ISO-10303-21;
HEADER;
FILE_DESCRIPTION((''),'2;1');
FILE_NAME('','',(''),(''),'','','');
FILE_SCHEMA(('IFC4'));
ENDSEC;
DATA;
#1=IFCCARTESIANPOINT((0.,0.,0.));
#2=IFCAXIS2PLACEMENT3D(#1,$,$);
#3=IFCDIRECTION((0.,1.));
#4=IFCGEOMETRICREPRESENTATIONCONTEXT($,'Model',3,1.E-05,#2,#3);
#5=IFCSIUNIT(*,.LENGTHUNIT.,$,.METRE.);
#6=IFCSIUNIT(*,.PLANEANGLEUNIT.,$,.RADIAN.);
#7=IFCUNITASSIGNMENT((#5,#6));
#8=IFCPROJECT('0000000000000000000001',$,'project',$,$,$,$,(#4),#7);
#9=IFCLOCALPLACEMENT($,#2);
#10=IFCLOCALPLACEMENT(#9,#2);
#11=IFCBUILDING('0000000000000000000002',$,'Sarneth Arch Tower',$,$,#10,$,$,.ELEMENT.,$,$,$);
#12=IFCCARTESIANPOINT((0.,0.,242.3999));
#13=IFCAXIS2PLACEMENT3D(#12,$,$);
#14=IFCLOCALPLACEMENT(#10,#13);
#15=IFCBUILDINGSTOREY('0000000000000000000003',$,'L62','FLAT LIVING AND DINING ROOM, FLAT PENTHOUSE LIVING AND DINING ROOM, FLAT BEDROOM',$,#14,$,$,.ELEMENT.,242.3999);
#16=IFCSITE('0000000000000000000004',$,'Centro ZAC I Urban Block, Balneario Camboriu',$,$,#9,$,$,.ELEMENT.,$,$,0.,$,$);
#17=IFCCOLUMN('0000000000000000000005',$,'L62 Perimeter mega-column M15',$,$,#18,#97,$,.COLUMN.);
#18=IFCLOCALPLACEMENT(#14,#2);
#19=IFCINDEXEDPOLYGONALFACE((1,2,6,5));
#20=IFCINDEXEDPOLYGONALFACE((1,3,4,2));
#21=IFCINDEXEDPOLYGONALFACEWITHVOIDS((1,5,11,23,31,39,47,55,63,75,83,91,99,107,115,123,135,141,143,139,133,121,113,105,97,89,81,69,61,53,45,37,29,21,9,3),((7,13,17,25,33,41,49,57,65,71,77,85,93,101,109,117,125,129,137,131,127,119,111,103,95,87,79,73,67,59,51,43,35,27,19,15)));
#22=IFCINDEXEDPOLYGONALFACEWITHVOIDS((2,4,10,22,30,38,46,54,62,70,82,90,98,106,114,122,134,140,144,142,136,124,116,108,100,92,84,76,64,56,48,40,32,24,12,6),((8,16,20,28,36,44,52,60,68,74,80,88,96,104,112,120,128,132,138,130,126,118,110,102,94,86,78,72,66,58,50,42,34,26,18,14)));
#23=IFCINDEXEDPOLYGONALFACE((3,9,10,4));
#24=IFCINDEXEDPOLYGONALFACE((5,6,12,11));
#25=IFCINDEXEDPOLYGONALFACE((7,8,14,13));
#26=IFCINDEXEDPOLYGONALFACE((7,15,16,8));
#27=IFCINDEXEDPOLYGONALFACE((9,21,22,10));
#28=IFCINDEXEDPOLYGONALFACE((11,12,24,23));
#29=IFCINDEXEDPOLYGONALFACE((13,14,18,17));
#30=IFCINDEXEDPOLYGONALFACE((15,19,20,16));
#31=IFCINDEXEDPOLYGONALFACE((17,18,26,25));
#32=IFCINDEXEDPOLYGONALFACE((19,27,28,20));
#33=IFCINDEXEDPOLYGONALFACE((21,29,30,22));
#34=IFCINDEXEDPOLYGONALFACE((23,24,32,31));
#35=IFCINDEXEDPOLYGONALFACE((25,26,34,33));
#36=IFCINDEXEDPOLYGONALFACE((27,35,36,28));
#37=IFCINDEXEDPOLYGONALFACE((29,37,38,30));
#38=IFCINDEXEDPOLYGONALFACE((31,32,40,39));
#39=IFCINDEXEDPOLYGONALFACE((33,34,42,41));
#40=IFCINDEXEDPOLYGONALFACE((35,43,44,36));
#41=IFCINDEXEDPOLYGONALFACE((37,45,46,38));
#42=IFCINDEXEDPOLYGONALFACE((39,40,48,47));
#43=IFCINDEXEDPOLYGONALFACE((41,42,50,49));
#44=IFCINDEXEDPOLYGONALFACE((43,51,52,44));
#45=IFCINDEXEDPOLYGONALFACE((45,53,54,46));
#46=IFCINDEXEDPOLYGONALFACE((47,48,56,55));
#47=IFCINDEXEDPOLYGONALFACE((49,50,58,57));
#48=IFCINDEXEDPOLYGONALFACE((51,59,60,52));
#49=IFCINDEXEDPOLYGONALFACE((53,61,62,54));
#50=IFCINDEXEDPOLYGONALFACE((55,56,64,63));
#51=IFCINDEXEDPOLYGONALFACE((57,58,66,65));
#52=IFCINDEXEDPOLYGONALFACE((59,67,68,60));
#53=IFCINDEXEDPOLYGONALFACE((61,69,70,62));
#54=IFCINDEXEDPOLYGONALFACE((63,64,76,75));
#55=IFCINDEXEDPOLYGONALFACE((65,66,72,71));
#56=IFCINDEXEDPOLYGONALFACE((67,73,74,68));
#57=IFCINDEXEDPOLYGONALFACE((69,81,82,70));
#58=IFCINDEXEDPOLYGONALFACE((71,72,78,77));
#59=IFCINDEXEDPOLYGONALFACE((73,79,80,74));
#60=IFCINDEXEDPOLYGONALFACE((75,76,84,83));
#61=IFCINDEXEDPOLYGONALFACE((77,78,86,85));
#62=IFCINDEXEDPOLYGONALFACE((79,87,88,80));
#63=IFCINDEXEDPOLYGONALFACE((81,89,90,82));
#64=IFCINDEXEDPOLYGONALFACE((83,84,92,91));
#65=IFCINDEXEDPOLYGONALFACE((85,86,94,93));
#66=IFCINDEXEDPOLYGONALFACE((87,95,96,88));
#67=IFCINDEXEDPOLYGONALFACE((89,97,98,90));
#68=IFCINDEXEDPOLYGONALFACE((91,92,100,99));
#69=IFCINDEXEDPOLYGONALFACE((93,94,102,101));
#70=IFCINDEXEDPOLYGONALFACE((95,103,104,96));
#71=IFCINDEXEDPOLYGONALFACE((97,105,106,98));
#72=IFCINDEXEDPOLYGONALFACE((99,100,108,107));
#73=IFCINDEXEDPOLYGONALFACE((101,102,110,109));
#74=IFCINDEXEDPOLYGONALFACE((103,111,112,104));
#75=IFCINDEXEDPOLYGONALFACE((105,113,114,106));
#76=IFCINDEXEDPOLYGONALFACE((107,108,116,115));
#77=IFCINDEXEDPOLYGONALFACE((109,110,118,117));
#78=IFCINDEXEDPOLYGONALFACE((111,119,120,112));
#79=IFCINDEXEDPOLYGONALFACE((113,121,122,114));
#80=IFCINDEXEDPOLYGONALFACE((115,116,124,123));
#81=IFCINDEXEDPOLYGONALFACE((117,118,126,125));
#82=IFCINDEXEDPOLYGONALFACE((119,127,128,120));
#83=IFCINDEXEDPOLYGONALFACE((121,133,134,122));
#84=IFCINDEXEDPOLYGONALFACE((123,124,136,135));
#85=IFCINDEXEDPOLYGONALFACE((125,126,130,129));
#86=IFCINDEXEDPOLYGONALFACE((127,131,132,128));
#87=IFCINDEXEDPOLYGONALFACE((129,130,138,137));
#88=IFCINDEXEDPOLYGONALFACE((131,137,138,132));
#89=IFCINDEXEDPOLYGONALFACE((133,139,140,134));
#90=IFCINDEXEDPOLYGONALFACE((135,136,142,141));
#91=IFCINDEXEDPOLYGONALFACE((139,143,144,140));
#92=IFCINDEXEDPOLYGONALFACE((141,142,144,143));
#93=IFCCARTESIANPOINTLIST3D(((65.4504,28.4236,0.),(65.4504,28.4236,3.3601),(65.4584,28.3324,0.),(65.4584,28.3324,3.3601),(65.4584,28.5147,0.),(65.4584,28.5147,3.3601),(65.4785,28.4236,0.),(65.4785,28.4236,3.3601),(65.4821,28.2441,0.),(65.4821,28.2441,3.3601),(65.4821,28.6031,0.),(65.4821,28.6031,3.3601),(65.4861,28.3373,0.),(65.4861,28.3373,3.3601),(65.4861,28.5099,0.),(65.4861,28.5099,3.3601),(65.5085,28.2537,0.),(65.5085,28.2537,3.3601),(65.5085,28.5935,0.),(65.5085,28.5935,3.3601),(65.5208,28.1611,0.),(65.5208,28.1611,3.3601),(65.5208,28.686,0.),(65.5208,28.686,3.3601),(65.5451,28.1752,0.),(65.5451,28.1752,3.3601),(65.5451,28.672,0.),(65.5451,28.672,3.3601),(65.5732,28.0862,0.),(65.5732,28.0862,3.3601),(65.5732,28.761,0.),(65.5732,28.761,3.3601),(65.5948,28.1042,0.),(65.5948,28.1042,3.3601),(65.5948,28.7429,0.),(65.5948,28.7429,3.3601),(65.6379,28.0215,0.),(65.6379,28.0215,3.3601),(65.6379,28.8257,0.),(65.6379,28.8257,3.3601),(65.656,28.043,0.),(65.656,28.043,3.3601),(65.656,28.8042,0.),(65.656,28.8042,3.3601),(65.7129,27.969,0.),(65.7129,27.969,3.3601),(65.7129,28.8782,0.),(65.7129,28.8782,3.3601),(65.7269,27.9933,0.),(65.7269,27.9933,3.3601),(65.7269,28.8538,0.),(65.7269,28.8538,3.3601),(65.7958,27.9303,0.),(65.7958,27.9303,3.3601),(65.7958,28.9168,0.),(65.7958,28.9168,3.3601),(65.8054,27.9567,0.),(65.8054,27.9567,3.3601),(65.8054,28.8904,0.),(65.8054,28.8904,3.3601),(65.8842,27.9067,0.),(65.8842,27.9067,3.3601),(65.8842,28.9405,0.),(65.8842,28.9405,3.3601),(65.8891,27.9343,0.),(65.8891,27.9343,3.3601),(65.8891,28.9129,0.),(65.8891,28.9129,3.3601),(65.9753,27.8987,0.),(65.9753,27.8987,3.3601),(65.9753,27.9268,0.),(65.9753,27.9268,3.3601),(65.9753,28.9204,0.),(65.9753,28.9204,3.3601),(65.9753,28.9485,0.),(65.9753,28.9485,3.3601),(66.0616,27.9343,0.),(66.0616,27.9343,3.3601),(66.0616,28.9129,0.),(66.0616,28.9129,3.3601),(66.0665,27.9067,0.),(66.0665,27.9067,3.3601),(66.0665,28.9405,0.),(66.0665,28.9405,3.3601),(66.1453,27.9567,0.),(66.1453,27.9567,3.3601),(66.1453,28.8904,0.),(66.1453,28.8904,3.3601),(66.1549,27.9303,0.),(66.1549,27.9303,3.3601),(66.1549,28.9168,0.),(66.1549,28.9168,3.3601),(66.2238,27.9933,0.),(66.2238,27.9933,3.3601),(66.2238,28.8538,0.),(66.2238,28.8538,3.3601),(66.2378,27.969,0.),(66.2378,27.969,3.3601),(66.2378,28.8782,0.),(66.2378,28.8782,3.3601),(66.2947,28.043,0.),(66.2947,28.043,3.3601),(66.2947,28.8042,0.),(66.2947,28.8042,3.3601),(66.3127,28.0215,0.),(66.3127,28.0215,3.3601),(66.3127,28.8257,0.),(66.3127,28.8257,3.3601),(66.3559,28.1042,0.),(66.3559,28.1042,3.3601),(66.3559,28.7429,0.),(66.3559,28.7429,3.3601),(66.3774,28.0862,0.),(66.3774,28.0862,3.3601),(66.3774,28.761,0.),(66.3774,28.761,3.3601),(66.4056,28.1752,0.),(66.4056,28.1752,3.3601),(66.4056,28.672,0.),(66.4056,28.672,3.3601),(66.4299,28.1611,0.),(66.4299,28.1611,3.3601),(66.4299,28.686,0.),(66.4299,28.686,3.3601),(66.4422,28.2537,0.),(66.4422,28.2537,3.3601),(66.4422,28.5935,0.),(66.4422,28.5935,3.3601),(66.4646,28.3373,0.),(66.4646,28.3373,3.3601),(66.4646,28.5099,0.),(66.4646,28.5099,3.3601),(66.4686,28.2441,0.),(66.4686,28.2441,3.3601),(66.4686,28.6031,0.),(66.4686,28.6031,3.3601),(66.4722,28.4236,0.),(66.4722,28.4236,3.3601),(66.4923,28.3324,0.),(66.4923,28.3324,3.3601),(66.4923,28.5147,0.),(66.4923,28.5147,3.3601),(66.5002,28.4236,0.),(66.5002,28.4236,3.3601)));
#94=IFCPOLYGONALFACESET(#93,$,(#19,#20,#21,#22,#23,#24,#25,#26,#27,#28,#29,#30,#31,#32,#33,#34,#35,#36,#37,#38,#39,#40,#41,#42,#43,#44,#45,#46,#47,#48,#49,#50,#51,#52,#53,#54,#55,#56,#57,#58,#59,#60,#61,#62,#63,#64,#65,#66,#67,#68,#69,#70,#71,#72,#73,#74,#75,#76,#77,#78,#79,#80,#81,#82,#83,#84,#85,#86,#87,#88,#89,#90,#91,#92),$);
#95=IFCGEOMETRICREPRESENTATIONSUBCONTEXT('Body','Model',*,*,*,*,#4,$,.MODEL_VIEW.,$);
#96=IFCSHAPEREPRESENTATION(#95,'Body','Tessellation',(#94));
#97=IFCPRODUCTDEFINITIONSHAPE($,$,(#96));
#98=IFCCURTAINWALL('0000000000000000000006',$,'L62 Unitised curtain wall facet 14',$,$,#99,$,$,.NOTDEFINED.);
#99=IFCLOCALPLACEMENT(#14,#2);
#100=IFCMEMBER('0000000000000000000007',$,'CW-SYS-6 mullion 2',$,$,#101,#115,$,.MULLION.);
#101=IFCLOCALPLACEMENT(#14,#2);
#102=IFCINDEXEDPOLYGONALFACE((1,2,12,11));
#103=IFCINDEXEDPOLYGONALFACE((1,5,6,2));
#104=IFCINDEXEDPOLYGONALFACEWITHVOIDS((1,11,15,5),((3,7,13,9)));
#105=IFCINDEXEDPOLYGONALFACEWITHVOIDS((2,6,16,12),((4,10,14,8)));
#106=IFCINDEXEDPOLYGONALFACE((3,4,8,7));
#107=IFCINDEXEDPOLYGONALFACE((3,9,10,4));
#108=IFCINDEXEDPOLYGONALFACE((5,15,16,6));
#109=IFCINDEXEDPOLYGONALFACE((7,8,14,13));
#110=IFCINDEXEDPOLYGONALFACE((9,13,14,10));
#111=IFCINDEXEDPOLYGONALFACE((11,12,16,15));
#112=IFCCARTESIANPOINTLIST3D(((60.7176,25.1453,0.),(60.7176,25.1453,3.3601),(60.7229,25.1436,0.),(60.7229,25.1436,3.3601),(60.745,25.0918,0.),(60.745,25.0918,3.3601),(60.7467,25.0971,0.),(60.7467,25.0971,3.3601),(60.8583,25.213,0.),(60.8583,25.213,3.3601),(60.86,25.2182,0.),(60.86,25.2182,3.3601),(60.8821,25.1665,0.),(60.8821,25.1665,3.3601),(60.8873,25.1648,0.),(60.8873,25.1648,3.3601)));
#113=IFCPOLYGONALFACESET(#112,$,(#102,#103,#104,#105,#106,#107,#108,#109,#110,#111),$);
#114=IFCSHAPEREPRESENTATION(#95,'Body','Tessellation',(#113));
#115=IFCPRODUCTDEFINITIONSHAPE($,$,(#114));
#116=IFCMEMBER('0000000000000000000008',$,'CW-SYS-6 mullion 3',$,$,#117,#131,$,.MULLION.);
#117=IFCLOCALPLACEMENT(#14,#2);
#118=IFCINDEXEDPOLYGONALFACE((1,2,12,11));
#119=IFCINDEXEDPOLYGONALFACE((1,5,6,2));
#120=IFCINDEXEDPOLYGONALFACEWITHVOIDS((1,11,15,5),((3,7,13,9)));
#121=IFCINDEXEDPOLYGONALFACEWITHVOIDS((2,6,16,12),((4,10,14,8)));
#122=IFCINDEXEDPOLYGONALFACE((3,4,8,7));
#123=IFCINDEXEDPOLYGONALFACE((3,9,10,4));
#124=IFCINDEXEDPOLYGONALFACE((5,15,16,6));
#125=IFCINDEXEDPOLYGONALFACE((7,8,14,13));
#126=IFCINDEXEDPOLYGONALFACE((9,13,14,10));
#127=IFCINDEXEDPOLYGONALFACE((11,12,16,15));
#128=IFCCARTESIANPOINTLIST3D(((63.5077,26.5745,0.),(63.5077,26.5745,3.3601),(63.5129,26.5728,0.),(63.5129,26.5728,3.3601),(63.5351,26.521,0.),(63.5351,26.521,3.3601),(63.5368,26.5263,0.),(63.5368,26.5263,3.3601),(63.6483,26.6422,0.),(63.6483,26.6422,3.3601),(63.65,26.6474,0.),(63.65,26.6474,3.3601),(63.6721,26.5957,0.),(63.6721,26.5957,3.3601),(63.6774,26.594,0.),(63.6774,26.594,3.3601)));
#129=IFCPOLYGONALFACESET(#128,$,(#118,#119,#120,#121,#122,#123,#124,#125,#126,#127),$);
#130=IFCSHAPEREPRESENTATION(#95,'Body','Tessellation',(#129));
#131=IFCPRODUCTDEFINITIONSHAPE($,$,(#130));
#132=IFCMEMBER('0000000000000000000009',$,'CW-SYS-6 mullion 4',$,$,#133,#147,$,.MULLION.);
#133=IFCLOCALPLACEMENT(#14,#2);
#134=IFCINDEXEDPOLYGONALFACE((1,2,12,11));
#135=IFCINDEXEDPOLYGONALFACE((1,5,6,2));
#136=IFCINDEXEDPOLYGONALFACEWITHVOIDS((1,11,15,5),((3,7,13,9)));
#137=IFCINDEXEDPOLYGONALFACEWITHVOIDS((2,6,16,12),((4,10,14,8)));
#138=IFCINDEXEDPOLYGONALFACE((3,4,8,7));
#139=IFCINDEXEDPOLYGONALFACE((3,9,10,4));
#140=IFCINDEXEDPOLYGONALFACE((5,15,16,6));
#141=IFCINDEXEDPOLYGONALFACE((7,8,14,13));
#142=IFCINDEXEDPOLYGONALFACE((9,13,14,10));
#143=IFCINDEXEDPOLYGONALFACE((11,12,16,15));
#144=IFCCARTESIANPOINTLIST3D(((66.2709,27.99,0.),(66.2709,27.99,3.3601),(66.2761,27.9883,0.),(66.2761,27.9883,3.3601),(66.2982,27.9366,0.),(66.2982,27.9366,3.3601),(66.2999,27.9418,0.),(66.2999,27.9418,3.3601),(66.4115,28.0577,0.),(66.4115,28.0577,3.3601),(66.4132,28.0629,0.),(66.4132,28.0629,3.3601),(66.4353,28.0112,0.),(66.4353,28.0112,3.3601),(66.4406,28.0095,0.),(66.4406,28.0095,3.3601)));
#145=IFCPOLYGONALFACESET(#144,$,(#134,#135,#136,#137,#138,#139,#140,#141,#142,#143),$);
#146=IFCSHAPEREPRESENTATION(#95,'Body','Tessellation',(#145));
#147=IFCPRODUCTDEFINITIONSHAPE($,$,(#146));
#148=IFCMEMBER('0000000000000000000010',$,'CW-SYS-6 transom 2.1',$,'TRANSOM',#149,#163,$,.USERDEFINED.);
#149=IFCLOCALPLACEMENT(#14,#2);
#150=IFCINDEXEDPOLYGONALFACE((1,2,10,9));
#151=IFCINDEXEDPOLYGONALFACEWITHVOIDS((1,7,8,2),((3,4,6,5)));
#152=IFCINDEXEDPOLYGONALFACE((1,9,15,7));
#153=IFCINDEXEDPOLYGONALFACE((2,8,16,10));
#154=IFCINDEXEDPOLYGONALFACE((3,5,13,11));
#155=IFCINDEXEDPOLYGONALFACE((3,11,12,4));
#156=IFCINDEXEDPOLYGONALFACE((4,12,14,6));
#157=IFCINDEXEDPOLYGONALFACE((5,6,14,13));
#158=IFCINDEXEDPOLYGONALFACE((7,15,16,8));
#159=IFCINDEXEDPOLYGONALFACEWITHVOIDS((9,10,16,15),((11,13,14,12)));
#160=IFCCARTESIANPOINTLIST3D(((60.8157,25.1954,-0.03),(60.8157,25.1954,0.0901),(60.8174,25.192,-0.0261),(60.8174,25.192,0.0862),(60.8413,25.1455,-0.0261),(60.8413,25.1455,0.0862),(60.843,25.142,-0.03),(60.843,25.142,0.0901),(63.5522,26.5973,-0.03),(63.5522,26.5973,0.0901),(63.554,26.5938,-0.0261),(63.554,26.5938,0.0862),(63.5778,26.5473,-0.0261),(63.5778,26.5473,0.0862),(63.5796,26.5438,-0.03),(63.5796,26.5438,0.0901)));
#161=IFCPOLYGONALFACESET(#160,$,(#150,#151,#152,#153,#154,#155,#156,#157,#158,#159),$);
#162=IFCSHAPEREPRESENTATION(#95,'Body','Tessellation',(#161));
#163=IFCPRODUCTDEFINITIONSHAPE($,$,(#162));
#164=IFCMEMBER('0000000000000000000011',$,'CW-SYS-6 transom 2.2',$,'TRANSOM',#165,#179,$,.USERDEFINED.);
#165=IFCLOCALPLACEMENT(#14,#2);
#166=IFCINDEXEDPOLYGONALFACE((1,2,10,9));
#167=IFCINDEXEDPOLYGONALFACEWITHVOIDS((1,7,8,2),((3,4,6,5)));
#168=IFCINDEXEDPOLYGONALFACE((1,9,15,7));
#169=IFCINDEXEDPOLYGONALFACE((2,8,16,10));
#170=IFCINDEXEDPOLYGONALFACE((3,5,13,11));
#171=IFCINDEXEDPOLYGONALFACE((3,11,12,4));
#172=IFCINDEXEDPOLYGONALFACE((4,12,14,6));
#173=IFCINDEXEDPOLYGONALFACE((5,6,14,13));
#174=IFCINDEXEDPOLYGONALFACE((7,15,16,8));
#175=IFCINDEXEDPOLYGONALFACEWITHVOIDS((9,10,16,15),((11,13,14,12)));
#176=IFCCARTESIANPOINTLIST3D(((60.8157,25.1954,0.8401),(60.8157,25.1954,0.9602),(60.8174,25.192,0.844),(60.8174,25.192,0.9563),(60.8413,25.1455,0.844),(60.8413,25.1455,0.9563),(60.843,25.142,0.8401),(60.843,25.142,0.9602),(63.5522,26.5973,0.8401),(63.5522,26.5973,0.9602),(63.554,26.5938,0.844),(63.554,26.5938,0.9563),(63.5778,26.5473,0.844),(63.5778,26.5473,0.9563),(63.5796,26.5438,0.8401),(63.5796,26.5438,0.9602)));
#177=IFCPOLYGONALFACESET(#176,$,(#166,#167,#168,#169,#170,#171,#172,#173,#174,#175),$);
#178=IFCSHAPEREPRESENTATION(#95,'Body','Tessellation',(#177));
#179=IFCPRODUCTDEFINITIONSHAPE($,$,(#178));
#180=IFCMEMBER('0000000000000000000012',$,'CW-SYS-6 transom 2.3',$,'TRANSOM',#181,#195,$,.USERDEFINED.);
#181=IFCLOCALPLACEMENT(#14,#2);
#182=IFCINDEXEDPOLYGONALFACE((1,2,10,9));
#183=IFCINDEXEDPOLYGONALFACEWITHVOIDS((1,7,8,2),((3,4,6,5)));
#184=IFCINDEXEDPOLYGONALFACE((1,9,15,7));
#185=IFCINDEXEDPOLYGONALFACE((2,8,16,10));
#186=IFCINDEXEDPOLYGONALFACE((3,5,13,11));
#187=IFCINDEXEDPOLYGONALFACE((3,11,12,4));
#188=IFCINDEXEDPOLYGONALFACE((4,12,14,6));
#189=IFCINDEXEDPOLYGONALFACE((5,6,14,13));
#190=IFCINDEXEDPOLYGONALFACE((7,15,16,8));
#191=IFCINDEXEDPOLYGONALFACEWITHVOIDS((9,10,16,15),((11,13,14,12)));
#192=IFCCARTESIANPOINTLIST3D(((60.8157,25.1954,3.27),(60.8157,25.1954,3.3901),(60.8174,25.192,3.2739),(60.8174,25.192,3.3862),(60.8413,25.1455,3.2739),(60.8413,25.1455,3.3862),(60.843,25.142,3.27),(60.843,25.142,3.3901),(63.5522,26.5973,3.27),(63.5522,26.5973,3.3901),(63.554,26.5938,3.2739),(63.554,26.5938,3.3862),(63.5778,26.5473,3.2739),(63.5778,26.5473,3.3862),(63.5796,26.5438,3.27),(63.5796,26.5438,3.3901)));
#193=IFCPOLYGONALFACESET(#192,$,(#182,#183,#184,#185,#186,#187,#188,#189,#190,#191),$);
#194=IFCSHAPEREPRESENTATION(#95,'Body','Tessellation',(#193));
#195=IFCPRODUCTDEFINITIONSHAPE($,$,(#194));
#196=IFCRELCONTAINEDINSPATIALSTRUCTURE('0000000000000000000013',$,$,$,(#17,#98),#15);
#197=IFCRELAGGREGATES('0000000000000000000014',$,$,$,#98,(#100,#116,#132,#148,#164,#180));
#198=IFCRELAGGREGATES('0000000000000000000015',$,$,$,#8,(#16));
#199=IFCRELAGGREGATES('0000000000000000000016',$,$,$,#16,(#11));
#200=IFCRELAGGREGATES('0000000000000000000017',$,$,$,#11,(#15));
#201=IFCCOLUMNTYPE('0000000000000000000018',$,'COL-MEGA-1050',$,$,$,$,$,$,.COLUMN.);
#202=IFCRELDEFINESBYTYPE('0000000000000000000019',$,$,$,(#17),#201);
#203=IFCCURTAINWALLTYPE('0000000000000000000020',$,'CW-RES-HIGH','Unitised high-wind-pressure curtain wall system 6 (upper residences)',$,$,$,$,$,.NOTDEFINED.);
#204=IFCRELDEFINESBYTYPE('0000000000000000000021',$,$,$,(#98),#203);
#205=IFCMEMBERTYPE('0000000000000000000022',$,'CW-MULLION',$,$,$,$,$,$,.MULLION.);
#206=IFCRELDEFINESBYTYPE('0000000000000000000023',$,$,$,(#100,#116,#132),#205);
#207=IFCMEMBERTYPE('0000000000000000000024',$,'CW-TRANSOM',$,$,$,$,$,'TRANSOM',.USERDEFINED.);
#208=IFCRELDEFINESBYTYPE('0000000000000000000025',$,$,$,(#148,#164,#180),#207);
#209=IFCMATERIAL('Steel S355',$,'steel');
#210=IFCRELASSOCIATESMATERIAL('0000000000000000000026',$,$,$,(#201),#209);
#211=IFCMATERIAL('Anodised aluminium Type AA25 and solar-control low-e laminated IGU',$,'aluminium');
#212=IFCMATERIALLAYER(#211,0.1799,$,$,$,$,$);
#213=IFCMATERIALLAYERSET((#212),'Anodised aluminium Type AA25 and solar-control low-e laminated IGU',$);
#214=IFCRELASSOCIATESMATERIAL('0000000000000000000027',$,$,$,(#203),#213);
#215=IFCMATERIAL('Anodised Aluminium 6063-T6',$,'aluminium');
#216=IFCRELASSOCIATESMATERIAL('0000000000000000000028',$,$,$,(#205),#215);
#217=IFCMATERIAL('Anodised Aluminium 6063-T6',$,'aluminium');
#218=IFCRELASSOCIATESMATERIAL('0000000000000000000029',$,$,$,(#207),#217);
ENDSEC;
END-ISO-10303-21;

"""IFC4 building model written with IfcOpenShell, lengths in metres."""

from ifc_helpers import new_model, si_unit, direction, frame, origin, origin_2d, place, context, subcontext, project, spatial, hollow_rectangle, hollow_circle, extrude, material, layer, layer_set, material_profile, profile_set, type_object, element, aggregate, save


model = new_model("IFC4")

# Units and contexts
model_context = context("Model", 3, precision=1e-05, world=origin(), true_north=direction((0.0, 1.0)))
body_context = subcontext(model_context, "Body", "Model", "MODEL_VIEW")
ifc_project = project(units=[si_unit("LENGTHUNIT", "METRE"), si_unit("PLANEANGLEUNIT", "RADIAN")], contexts=[model_context])

# Site, building, storey
site_placement = place(None, origin())
site = spatial("IfcSite", under=ifc_project, at=site_placement, Name="Centro ZAC I Urban Block, Balneario Camboriu", CompositionType="ELEMENT", RefElevation=0.0)
building_placement = place(site_placement, origin())
building = spatial("IfcBuilding", under=site, at=building_placement, Name="Sarneth Arch Tower", CompositionType="ELEMENT")
storey_placement = place(building_placement, frame((0.0, 0.0, 242.3999)))
storey = spatial("IfcBuildingStorey", under=building, at=storey_placement, Name="L62", Description="FLAT LIVING AND DINING ROOM, FLAT PENTHOUSE LIVING AND DINING ROOM, FLAT BEDROOM", CompositionType="ELEMENT", Elevation=242.3999)

# Column
ifc_material_1 = material(Name="Steel S355", Category="steel")
ifc_material_profile_1 = material_profile(ifc_material_1, hollow_circle(Radius=0.5249, WallThickness=0.0281, at=origin_2d()), Name="CHS1050x28")
ifc_profile_set_1 = profile_set([ifc_material_profile_1], Name="Steel S355")
column_type = type_object("IfcColumnType", Name="COL-MEGA-1050", PredefinedType="COLUMN", material=ifc_profile_set_1)
column_placement = place(storey_placement, frame((65.9753, 28.4236, 0.0), z_axis=(0.0, 0.0, 1.0), x_axis=(1.0, 0.0, 0.0)))
element("IfcColumn", 1, at=column_placement, inside=storey, type_object=column_type, Name="L62 Perimeter mega-column M15", PredefinedType="COLUMN", context=body_context, shape_type="SweptSolid", body=[
    extrude(hollow_circle(Radius=0.5249, WallThickness=0.0281, at=origin_2d()), origin(), (0.0, 0.0, 1.0), 3.3601),
])

# Curtain wall, members
ifc_material_2 = material(Name="Anodised aluminium Type AA25 and solar-control low-e laminated IGU", Category="aluminium")
ifc_layer_1 = layer(ifc_material_2, 0.1799)
ifc_layer_set_1 = layer_set([ifc_layer_1], Name="Anodised aluminium Type AA25 and solar-control low-e laminated IGU")
curtain_wall_type = type_object("IfcCurtainWallType", Name="CW-RES-HIGH", Description="Unitised high-wind-pressure curtain wall system 6 (upper residences)", PredefinedType="NOTDEFINED", material=ifc_layer_set_1)
curtain_wall_placement = place(storey_placement, origin())
curtain_wall = element("IfcCurtainWall", 2, at=curtain_wall_placement, inside=storey, type_object=curtain_wall_type, Name="L62 Unitised curtain wall facet 14", PredefinedType="NOTDEFINED")
ifc_material_3 = material(Name="Anodised Aluminium 6063-T6", Category="aluminium")
ifc_material_profile_2 = material_profile(ifc_material_3, hollow_rectangle(XDim=0.0601, YDim=0.1599, WallThickness=0.0039, at=origin_2d()), Name="AL-MULL-160x60x4")
ifc_profile_set_2 = profile_set([ifc_material_profile_2], Name="Anodised Aluminium 6063-T6")
member_type_1 = type_object("IfcMemberType", Name="CW-MULLION", PredefinedType="MULLION", material=ifc_profile_set_2)
member_1_placement = place(storey_placement, frame((60.8025, 25.155, 0.0), z_axis=(0.0, 0.0, 1.0), x_axis=(-0.455942, 0.89001, 0.0)))
member_1 = element("IfcMember", 3, at=member_1_placement, type_object=member_type_1, Name="CW-SYS-6 mullion 2", PredefinedType="MULLION", context=body_context, shape_type="SweptSolid", body=[
    extrude(hollow_rectangle(XDim=0.0601, YDim=0.1599, WallThickness=0.0039, at=origin_2d()), origin(), (0.0, 0.0, 1.0), 3.3601),
])
member_2_placement = place(storey_placement, frame((63.5925, 26.5842, 0.0), z_axis=(0.0, 0.0, 1.0), x_axis=(-0.455942, 0.89001, 0.0)))
member_2 = element("IfcMember", 4, at=member_2_placement, type_object=member_type_1, Name="CW-SYS-6 mullion 3", PredefinedType="MULLION", context=body_context, shape_type="SweptSolid", body=[
    extrude(hollow_rectangle(XDim=0.0601, YDim=0.1599, WallThickness=0.0039, at=origin_2d()), origin(), (0.0, 0.0, 1.0), 3.3601),
])
member_3_placement = place(storey_placement, frame((66.3557, 27.9998, 0.0), z_axis=(0.0, 0.0, 1.0), x_axis=(-0.455942, 0.89001, 0.0)))
member_3 = element("IfcMember", 5, at=member_3_placement, type_object=member_type_1, Name="CW-SYS-6 mullion 4", PredefinedType="MULLION", context=body_context, shape_type="SweptSolid", body=[
    extrude(hollow_rectangle(XDim=0.0601, YDim=0.1599, WallThickness=0.0039, at=origin_2d()), origin(), (0.0, 0.0, 1.0), 3.3601),
])
ifc_material_4 = material(Name="Anodised Aluminium 6063-T6", Category="aluminium")
ifc_material_profile_3 = material_profile(ifc_material_4, hollow_rectangle(XDim=0.0601, YDim=0.1201, WallThickness=0.0039, at=origin_2d()), Name="AL-TRAN-120x60x4")
ifc_profile_set_3 = profile_set([ifc_material_profile_3], Name="Anodised Aluminium 6063-T6")
member_type_2 = type_object("IfcMemberType", Name="CW-TRANSOM", ElementType="TRANSOM", PredefinedType="USERDEFINED", material=ifc_profile_set_3)
member_4_placement = place(storey_placement, frame((60.8293, 25.1687, 0.03), z_axis=(0.890017, 0.455926, 0.0), x_axis=(-0.455926, 0.890017, 0.0)))
member_4 = element("IfcMember", 6, at=member_4_placement, type_object=member_type_2, Name="CW-SYS-6 transom 2.1", ObjectType="TRANSOM", PredefinedType="USERDEFINED", context=body_context, shape_type="SweptSolid", body=[
    extrude(hollow_rectangle(XDim=0.0601, YDim=0.1201, WallThickness=0.0039, at=origin_2d()), origin(), (0.0, 0.0, 1.0), 3.0747),
])
member_5_placement = place(storey_placement, frame((60.8293, 25.1687, 0.9001), z_axis=(0.890017, 0.455926, 0.0), x_axis=(-0.455926, 0.890017, 0.0)))
member_5 = element("IfcMember", 7, at=member_5_placement, type_object=member_type_2, Name="CW-SYS-6 transom 2.2", ObjectType="TRANSOM", PredefinedType="USERDEFINED", context=body_context, shape_type="SweptSolid", body=[
    extrude(hollow_rectangle(XDim=0.0601, YDim=0.1201, WallThickness=0.0039, at=origin_2d()), origin(), (0.0, 0.0, 1.0), 3.0747),
])
member_6_placement = place(storey_placement, frame((60.8293, 25.1687, 3.3301), z_axis=(0.890017, 0.455926, 0.0), x_axis=(-0.455926, 0.890017, 0.0)))
member_6 = element("IfcMember", 8, at=member_6_placement, type_object=member_type_2, Name="CW-SYS-6 transom 2.3", ObjectType="TRANSOM", PredefinedType="USERDEFINED", context=body_context, shape_type="SweptSolid", body=[
    extrude(hollow_rectangle(XDim=0.0601, YDim=0.1201, WallThickness=0.0039, at=origin_2d()), origin(), (0.0, 0.0, 1.0), 3.0747),
])

aggregate(curtain_wall, [member_1, member_2, member_3, member_4, member_5, member_6])

save(model, "model.ifc")
